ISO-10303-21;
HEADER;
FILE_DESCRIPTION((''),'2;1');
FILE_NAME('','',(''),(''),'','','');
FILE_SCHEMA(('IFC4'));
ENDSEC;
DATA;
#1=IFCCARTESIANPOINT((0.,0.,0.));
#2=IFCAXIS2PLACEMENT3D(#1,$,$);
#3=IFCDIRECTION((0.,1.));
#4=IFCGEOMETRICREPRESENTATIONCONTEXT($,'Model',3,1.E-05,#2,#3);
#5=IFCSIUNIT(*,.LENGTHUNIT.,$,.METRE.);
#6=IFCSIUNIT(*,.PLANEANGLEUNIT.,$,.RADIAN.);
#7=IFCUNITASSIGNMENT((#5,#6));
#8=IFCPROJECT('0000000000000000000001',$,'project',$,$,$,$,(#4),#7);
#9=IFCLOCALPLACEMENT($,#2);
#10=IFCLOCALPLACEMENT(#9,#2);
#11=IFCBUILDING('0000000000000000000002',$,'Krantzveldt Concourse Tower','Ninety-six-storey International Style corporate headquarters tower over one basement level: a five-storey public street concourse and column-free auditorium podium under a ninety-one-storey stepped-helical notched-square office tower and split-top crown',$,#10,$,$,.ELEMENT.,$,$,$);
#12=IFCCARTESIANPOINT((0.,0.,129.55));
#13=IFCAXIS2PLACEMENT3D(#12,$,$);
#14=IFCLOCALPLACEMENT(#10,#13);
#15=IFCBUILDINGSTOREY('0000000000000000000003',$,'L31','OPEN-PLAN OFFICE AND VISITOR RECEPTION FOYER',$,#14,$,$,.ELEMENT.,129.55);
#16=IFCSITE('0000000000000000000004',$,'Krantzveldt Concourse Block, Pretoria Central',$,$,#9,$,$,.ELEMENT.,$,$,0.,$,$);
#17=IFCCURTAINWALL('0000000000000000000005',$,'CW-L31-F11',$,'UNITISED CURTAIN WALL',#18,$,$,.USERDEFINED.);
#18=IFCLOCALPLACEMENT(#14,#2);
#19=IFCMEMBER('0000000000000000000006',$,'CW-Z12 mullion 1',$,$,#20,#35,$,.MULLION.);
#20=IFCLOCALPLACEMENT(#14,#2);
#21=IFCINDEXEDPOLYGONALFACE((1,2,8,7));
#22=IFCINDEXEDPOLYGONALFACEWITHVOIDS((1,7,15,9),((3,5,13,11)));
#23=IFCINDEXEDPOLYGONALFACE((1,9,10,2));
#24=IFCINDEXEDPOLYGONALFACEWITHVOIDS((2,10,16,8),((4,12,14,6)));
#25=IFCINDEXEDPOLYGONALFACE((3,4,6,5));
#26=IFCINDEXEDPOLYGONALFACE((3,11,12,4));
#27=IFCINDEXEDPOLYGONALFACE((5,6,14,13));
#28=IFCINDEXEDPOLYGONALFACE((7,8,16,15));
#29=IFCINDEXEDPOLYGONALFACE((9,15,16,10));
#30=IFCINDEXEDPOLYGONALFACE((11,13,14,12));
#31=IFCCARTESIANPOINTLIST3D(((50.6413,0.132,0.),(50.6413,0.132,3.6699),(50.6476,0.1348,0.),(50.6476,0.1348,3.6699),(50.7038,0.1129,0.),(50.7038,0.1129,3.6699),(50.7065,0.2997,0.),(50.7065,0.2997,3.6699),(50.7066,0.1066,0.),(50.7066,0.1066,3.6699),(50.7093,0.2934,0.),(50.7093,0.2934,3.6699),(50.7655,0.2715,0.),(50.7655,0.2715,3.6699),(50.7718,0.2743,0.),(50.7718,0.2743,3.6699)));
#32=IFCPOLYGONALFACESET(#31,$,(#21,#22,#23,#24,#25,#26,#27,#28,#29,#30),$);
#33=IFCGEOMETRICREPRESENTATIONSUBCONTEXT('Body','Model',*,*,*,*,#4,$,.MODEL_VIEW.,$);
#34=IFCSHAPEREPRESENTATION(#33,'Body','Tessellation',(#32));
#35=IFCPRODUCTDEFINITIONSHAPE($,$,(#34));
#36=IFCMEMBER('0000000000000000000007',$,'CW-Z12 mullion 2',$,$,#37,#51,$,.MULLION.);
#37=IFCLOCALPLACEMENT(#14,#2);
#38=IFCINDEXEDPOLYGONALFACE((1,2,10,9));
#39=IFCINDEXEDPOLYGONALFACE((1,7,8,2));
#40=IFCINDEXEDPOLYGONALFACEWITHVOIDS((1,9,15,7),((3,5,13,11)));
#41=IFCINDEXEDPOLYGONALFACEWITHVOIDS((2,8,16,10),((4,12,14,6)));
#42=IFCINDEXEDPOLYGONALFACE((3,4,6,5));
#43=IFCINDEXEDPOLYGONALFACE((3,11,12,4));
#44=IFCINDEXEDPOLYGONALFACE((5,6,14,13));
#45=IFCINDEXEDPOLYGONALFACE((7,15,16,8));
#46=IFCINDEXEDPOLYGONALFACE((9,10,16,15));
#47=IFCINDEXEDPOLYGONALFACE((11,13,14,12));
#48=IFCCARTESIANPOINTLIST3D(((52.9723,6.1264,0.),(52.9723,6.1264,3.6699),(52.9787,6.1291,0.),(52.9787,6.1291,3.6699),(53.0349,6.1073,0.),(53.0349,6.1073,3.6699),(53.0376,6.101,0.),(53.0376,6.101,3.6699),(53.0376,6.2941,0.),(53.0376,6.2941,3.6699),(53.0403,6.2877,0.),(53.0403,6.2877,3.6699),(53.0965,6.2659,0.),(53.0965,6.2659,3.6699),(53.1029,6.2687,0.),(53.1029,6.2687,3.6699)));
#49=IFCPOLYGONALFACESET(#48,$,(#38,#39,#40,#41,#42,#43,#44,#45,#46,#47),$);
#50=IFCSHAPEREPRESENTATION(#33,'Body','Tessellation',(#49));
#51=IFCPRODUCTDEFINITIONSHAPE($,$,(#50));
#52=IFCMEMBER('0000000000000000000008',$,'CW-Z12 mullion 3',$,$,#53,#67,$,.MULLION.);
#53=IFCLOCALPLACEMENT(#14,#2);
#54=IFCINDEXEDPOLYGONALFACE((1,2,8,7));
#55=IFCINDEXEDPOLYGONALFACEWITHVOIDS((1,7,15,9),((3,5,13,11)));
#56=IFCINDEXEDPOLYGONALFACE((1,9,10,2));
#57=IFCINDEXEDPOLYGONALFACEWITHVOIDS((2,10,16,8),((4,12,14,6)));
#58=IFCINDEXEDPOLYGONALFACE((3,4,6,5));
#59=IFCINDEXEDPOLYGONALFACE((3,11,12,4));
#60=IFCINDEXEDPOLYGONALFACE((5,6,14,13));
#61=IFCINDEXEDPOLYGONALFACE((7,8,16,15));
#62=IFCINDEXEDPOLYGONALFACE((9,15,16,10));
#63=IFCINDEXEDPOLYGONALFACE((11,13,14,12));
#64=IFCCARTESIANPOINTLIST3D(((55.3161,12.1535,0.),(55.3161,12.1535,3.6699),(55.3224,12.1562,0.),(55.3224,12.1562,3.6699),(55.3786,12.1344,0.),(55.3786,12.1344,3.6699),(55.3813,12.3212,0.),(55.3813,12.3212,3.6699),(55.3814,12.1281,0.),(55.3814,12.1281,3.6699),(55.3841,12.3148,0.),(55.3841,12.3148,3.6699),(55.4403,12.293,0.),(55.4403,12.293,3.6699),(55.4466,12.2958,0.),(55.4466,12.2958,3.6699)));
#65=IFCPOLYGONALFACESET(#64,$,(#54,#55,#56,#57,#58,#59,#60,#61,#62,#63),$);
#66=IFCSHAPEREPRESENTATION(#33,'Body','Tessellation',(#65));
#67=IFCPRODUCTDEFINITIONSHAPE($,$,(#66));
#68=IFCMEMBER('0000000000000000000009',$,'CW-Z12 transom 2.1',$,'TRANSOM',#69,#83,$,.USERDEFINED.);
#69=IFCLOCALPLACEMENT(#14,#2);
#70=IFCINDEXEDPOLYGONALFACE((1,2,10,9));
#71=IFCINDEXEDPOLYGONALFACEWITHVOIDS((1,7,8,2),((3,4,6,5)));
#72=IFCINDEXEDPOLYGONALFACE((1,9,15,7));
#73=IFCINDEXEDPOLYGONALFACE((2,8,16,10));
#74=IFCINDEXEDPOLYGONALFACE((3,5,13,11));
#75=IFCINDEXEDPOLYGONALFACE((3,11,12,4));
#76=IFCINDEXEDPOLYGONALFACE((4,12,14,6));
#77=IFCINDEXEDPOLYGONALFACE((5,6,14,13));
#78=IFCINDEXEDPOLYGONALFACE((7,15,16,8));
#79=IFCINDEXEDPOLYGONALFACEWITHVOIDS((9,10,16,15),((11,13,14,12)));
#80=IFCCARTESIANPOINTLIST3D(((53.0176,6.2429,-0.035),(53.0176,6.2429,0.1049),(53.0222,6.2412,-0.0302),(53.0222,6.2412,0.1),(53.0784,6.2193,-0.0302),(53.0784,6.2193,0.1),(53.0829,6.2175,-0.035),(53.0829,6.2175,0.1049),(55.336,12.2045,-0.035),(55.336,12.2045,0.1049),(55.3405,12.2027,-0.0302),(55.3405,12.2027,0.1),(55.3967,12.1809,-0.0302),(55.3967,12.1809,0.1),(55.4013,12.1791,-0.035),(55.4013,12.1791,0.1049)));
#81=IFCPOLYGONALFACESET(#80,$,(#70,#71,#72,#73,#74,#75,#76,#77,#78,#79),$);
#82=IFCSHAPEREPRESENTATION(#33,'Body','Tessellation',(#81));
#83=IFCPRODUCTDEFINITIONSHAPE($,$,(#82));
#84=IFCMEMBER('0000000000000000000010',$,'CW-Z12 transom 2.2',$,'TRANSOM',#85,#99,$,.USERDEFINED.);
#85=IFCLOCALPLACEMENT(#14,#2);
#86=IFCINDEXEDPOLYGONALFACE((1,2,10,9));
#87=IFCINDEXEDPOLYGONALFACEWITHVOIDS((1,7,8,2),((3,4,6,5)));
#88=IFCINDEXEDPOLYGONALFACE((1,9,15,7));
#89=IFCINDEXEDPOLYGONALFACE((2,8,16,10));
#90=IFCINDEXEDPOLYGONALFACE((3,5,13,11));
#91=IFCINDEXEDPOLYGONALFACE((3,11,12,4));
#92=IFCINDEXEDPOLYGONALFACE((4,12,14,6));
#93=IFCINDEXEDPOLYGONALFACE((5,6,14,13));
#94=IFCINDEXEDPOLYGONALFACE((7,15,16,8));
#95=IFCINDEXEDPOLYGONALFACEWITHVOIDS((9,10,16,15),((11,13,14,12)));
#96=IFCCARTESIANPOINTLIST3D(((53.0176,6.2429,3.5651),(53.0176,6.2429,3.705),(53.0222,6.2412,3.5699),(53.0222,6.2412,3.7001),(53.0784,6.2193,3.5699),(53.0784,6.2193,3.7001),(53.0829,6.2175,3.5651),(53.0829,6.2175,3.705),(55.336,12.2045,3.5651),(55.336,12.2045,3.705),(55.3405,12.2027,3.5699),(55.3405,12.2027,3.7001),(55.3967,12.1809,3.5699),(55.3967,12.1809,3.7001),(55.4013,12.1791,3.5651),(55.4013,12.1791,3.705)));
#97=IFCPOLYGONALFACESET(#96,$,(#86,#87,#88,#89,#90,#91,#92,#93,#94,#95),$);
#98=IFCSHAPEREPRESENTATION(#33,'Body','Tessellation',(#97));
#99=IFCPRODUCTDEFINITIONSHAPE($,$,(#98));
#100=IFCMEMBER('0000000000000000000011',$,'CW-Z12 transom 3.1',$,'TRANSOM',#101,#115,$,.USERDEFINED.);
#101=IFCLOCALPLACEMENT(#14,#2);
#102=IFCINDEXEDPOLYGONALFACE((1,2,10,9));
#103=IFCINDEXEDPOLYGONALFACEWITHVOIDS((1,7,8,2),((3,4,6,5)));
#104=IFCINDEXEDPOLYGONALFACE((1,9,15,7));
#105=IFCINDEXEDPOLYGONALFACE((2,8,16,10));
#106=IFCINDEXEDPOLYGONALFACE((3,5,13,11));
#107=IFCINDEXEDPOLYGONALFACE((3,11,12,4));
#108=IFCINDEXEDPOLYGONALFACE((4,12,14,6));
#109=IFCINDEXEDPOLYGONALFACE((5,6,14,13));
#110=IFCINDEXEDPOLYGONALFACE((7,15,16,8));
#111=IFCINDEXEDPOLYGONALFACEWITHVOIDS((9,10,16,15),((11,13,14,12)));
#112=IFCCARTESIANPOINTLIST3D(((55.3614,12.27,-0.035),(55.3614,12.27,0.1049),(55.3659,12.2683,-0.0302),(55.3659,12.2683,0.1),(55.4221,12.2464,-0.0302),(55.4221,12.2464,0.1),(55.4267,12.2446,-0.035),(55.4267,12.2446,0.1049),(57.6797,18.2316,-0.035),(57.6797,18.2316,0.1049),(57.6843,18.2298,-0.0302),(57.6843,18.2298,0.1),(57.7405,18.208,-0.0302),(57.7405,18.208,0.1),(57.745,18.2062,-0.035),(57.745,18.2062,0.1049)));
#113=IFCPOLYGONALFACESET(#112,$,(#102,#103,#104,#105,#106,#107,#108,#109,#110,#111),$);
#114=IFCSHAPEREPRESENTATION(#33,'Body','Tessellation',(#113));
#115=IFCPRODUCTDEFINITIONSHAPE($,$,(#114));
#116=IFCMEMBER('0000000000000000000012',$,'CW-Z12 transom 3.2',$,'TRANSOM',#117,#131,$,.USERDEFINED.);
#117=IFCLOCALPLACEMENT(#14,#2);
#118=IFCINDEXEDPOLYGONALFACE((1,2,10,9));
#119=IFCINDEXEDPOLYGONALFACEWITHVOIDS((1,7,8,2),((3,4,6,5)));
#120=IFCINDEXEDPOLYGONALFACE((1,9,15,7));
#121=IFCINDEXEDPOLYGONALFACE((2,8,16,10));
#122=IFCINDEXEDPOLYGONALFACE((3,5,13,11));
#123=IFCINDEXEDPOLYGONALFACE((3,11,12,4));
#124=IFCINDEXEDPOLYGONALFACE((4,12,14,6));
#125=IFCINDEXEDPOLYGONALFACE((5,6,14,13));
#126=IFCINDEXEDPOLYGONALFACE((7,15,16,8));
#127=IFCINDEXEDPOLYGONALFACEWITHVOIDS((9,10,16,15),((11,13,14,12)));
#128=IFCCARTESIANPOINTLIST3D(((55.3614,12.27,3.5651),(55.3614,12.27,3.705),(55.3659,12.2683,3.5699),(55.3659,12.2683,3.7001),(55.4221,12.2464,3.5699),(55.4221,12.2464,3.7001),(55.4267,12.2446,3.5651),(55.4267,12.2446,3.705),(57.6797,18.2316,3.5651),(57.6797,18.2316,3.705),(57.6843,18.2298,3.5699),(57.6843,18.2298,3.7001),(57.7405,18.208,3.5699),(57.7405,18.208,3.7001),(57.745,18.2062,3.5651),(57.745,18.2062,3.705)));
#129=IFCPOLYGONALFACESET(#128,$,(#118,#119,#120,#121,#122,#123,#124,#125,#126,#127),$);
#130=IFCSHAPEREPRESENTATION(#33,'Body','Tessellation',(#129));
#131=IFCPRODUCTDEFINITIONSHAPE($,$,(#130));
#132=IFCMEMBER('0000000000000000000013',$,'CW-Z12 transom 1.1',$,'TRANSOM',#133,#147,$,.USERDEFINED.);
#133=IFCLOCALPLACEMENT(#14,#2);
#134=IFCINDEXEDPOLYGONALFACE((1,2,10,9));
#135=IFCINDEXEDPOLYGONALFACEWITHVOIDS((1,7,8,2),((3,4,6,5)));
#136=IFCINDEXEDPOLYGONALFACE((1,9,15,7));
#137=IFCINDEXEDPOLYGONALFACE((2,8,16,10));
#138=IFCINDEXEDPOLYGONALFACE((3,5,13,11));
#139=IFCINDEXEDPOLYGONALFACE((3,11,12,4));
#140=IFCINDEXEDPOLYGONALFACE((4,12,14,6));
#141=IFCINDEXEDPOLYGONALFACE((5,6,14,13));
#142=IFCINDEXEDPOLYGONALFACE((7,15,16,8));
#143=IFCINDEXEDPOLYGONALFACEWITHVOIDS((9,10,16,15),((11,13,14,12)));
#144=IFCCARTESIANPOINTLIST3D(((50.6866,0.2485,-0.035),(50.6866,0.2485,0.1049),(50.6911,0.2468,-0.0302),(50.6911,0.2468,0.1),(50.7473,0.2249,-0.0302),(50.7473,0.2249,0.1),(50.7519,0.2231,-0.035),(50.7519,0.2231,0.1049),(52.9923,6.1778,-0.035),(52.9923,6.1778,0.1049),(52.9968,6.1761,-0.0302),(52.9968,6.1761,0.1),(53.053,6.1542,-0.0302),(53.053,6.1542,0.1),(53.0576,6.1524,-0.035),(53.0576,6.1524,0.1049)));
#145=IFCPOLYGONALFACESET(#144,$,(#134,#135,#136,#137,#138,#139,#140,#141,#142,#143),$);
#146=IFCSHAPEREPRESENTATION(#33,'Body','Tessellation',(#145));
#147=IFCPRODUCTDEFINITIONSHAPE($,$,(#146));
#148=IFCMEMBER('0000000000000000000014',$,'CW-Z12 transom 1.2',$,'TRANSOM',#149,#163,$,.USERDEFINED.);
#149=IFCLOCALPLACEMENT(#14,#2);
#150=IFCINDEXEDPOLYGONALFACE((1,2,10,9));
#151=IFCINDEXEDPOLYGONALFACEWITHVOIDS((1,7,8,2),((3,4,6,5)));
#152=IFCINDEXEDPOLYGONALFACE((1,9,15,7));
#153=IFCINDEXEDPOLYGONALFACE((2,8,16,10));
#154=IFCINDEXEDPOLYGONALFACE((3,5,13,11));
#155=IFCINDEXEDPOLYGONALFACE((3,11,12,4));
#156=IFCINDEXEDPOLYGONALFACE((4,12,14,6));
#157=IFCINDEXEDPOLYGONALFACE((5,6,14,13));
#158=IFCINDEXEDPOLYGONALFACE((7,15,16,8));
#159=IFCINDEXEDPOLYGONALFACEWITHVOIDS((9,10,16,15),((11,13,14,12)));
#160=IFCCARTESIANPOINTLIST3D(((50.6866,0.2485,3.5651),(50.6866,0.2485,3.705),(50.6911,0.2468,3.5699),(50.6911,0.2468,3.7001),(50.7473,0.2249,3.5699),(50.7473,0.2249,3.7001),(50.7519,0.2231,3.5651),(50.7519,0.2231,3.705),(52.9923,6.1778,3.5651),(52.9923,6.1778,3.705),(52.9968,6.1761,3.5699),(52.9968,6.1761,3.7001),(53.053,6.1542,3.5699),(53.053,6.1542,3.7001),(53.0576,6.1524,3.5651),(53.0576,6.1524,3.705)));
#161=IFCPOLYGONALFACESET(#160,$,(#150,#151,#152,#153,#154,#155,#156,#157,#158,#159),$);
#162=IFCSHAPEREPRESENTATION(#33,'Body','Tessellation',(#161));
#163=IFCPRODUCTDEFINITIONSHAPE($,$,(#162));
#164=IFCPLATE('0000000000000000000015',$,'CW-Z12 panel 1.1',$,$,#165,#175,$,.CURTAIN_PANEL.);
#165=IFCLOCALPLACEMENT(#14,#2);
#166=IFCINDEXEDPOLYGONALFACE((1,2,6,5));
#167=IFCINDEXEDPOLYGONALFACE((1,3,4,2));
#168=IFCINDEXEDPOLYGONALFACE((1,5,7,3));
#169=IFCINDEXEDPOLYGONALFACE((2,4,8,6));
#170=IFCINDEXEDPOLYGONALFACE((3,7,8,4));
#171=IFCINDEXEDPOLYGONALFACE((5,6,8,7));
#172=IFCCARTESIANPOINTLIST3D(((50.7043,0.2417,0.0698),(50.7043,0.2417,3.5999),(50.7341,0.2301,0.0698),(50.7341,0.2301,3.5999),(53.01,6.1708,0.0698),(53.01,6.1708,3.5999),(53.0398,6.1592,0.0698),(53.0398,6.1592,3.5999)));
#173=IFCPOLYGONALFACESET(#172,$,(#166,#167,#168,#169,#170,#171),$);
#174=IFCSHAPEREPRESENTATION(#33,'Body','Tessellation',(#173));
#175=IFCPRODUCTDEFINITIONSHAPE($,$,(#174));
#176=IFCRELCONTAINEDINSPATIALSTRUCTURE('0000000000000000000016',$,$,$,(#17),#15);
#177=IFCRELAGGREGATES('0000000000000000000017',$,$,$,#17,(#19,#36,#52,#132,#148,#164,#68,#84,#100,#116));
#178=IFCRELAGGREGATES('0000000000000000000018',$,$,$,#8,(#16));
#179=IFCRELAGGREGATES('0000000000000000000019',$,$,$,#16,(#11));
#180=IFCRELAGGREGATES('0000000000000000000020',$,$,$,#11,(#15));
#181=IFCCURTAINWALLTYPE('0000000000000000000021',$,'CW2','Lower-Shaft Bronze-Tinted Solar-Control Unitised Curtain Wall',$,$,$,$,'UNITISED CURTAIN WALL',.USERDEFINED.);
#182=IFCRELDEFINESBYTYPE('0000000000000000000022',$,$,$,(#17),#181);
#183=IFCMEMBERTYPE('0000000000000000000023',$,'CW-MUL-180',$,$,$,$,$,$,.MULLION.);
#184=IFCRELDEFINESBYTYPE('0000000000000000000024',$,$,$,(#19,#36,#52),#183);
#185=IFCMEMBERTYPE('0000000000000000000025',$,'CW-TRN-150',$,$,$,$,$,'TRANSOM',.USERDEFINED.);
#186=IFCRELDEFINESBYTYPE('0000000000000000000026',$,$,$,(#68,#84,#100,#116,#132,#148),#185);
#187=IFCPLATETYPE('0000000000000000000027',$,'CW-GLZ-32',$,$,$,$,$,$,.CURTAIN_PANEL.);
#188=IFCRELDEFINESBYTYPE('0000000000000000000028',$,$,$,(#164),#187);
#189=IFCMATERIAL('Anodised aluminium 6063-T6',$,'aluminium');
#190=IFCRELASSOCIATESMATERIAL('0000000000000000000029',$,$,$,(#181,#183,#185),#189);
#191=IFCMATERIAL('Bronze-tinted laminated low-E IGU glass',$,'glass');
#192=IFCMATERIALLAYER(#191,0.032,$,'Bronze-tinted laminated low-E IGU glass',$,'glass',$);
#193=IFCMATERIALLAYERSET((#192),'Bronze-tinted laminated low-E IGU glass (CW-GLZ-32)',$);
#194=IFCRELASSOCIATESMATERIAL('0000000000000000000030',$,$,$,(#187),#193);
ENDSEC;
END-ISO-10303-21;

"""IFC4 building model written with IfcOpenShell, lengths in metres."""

from ifc_helpers import new_model, si_unit, direction, frame, origin, origin_2d, place, context, subcontext, project, spatial, rectangle, hollow_rectangle, extrude, source, transform, mapped, material, layer, layer_set, material_profile, profile_set, type_object, type_shapes, element, aggregate, save


model = new_model("IFC4")

# Units and contexts
model_context = context("Model", 3, precision=1e-05, world=origin(), true_north=direction((0.0, 1.0)))
body_context = subcontext(model_context, "Body", "Model", "MODEL_VIEW")
ifc_project = project(units=[si_unit("LENGTHUNIT", "METRE"), si_unit("PLANEANGLEUNIT", "RADIAN")], contexts=[model_context])

# Site, building, storey
site_placement = place(None, origin())
site = spatial("IfcSite", under=ifc_project, at=site_placement, Name="Krantzveldt Concourse Block, Pretoria Central", CompositionType="ELEMENT", RefElevation=0.0)
building_placement = place(site_placement, origin())
building = spatial("IfcBuilding", under=site, at=building_placement, Name="Krantzveldt Concourse Tower", Description="Ninety-six-storey International Style corporate headquarters tower over one basement level: a five-storey public street concourse and column-free auditorium podium under a ninety-one-storey stepped-helical notched-square office tower and split-top crown", CompositionType="ELEMENT")
storey_placement = place(building_placement, frame((0.0, 0.0, 129.55)))
storey = spatial("IfcBuildingStorey", under=building, at=storey_placement, Name="L31", Description="OPEN-PLAN OFFICE AND VISITOR RECEPTION FOYER", CompositionType="ELEMENT", Elevation=129.55)

# Curtain wall, members, plate
ifc_material_1 = material(Name="Anodised aluminium 6063-T6", Category="aluminium")
curtain_wall_type = type_object("IfcCurtainWallType", Name="CW2", Description="Lower-Shaft Bronze-Tinted Solar-Control Unitised Curtain Wall", ElementType="UNITISED CURTAIN WALL", PredefinedType="USERDEFINED", material=ifc_material_1)
curtain_wall_placement = place(storey_placement, origin())
curtain_wall = element("IfcCurtainWall", 1, at=curtain_wall_placement, inside=storey, type_object=curtain_wall_type, Name="CW-L31-F11", ObjectType="UNITISED CURTAIN WALL", PredefinedType="USERDEFINED")
ifc_material_profile_1 = material_profile(ifc_material_1, hollow_rectangle(XDim=0.0701, YDim=0.1799, WallThickness=0.0049, at=origin_2d()), Name="Anodised aluminium 6063-T6", Category="aluminium")
ifc_profile_set_1 = profile_set([ifc_material_profile_1], Name="Anodised aluminium 6063-T6 - ALU-MULL 180x70x5")
member_type_1 = type_object("IfcMemberType", Name="CW-MUL-180", PredefinedType="MULLION", material=ifc_profile_set_1)
shared_shape_1 = source(origin(), body_context, "Body", "SweptSolid", [
    extrude(hollow_rectangle(XDim=0.0701, YDim=0.1799, WallThickness=0.0049, at=origin_2d()), origin(), (0.0, 0.0, 1.0), 3.6699),
])
type_shapes(member_type_1, [shared_shape_1])
member_1_placement = place(storey_placement, frame((50.7065, 0.2031, 0.0), z_axis=(0.0, 0.0, 1.0), x_axis=(-0.932008, 0.362438, 0.0)))
member_1 = element("IfcMember", 2, at=member_1_placement, type_object=member_type_1, Name="CW-Z12 mullion 1", PredefinedType="MULLION", context=body_context, shape_type="MappedRepresentation", body=[
    mapped(shared_shape_1, transform((0.0, 0.0, 0.0), x_axis=(1.0, 0.0, 0.0), y_axis=(0.0, 1.0, 0.0), z_axis=(0.0, 0.0, 1.0), scale=1.0)),
])
member_2_placement = place(storey_placement, frame((53.0376, 6.1975, 0.0), z_axis=(0.0, 0.0, 1.0), x_axis=(-0.932008, 0.362438, 0.0)))
member_2 = element("IfcMember", 3, at=member_2_placement, type_object=member_type_1, Name="CW-Z12 mullion 2", PredefinedType="MULLION", context=body_context, shape_type="MappedRepresentation", body=[
    mapped(shared_shape_1, transform((0.0, 0.0, 0.0), x_axis=(1.0, 0.0, 0.0), y_axis=(0.0, 1.0, 0.0), z_axis=(0.0, 0.0, 1.0), scale=1.0)),
])
member_3_placement = place(storey_placement, frame((55.3813, 12.2246, 0.0), z_axis=(0.0, 0.0, 1.0), x_axis=(-0.932008, 0.362438, 0.0)))
member_3 = element("IfcMember", 4, at=member_3_placement, type_object=member_type_1, Name="CW-Z12 mullion 3", PredefinedType="MULLION", context=body_context, shape_type="MappedRepresentation", body=[
    mapped(shared_shape_1, transform((0.0, 0.0, 0.0), x_axis=(1.0, 0.0, 0.0), y_axis=(0.0, 1.0, 0.0), z_axis=(0.0, 0.0, 1.0), scale=1.0)),
])
ifc_material_profile_2 = material_profile(ifc_material_1, hollow_rectangle(XDim=0.0701, YDim=0.1399, WallThickness=0.0049, at=origin_2d()), Name="Anodised aluminium 6063-T6", Category="aluminium")
ifc_profile_set_2 = profile_set([ifc_material_profile_2], Name="Anodised aluminium 6063-T6 - ALU-TRAN 140x70x5")
member_type_2 = type_object("IfcMemberType", Name="CW-TRN-150", ElementType="TRANSOM", PredefinedType="USERDEFINED", material=ifc_profile_set_2)
shared_shape_2 = source(origin(), body_context, "Body", "SweptSolid", [
    extrude(hollow_rectangle(XDim=0.0701, YDim=0.1399, WallThickness=0.0049, at=origin_2d()), origin(), (0.0, 0.0, 1.0), 6.3965),
])
member_4_placement = place(storey_placement, frame((53.0503, 6.2302, 0.0349), z_axis=(0.362437, 0.932008, 0.0), x_axis=(-0.932008, 0.362437, 0.0)))
member_4 = element("IfcMember", 5, at=member_4_placement, type_object=member_type_2, Name="CW-Z12 transom 2.1", ObjectType="TRANSOM", PredefinedType="USERDEFINED", context=body_context, shape_type="MappedRepresentation", body=[
    mapped(shared_shape_2, transform((0.0, 0.0, 0.0), x_axis=(1.0, 0.0, 0.0), y_axis=(0.0, 1.0, 0.0), z_axis=(0.0, 0.0, 1.0), scale=1.0)),
])
member_5_placement = place(storey_placement, frame((53.0503, 6.2302, 3.635), z_axis=(0.362437, 0.932008, 0.0), x_axis=(-0.932008, 0.362437, 0.0)))
member_5 = element("IfcMember", 6, at=member_5_placement, type_object=member_type_2, Name="CW-Z12 transom 2.2", ObjectType="TRANSOM", PredefinedType="USERDEFINED", context=body_context, shape_type="MappedRepresentation", body=[
    mapped(shared_shape_2, transform((0.0, 0.0, 0.0), x_axis=(1.0, 0.0, 0.0), y_axis=(0.0, 1.0, 0.0), z_axis=(0.0, 0.0, 1.0), scale=1.0)),
])
member_6_placement = place(storey_placement, frame((55.394, 12.2573, 0.0349), z_axis=(0.362437, 0.932008, 0.0), x_axis=(-0.932008, 0.362437, 0.0)))
member_6 = element("IfcMember", 7, at=member_6_placement, type_object=member_type_2, Name="CW-Z12 transom 3.1", ObjectType="TRANSOM", PredefinedType="USERDEFINED", context=body_context, shape_type="MappedRepresentation", body=[
    mapped(shared_shape_2, transform((0.0, 0.0, 0.0), x_axis=(1.0, 0.0, 0.0), y_axis=(0.0, 1.0, 0.0), z_axis=(0.0, 0.0, 1.0), scale=1.0)),
])
member_7_placement = place(storey_placement, frame((55.394, 12.2573, 3.635), z_axis=(0.362437, 0.932008, 0.0), x_axis=(-0.932008, 0.362437, 0.0)))
member_7 = element("IfcMember", 8, at=member_7_placement, type_object=member_type_2, Name="CW-Z12 transom 3.2", ObjectType="TRANSOM", PredefinedType="USERDEFINED", context=body_context, shape_type="MappedRepresentation", body=[
    mapped(shared_shape_2, transform((0.0, 0.0, 0.0), x_axis=(1.0, 0.0, 0.0), y_axis=(0.0, 1.0, 0.0), z_axis=(0.0, 0.0, 1.0), scale=1.0)),
])
shared_shape_3 = source(origin(), body_context, "Body", "SweptSolid", [
    extrude(hollow_rectangle(XDim=0.0701, YDim=0.1399, WallThickness=0.0049, at=origin_2d()), origin(), (0.0, 0.0, 1.0), 6.3618),
])
type_shapes(member_type_2, [shared_shape_2, shared_shape_3])
member_8_placement = place(storey_placement, frame((50.7192, 0.2358, 0.0349), z_axis=(0.362428, 0.932012, 0.0), x_axis=(-0.932012, 0.362428, 0.0)))
member_8 = element("IfcMember", 9, at=member_8_placement, type_object=member_type_2, Name="CW-Z12 transom 1.1", ObjectType="TRANSOM", PredefinedType="USERDEFINED", context=body_context, shape_type="MappedRepresentation", body=[
    mapped(shared_shape_3, transform((0.0, 0.0, 0.0), x_axis=(1.0, 0.0, 0.0), y_axis=(0.0, 1.0, 0.0), z_axis=(0.0, 0.0, 1.0), scale=1.0)),
])
member_9_placement = place(storey_placement, frame((50.7192, 0.2358, 3.635), z_axis=(0.362428, 0.932012, 0.0), x_axis=(-0.932012, 0.362428, 0.0)))
member_9 = element("IfcMember", 10, at=member_9_placement, type_object=member_type_2, Name="CW-Z12 transom 1.2", ObjectType="TRANSOM", PredefinedType="USERDEFINED", context=body_context, shape_type="MappedRepresentation", body=[
    mapped(shared_shape_3, transform((0.0, 0.0, 0.0), x_axis=(1.0, 0.0, 0.0), y_axis=(0.0, 1.0, 0.0), z_axis=(0.0, 0.0, 1.0), scale=1.0)),
])
ifc_material_2 = material(Name="Bronze-tinted laminated low-E IGU glass", Category="glass")
ifc_layer_1 = layer(ifc_material_2, 0.032, Name="Bronze-tinted laminated low-E IGU glass", Category="glass")
ifc_layer_set_1 = layer_set([ifc_layer_1], Name="Bronze-tinted laminated low-E IGU glass (CW-GLZ-32)")
plate_type = type_object("IfcPlateType", Name="CW-GLZ-32", PredefinedType="CURTAIN_PANEL", material=ifc_layer_set_1)
shared_shape_4 = source(origin(), body_context, "Body", "SweptSolid", [
    extrude(rectangle(XDim=6.3616, YDim=0.032, at=origin_2d()), origin(), (0.0, 0.0, 1.0), 3.53),
])
plate_1_placement = place(storey_placement, frame((51.8721, 3.2004, 0.0698), z_axis=(0.0, 0.0, 1.0), x_axis=(0.362438, 0.932008, 0.0)))
plate_1 = element("IfcPlate", 11, at=plate_1_placement, type_object=plate_type, Name="CW-Z12 panel 1.1", PredefinedType="CURTAIN_PANEL", context=body_context, shape_type="MappedRepresentation", body=[
    mapped(shared_shape_4, transform((0.0, 0.0, 0.0), x_axis=(1.0, 0.0, 0.0), y_axis=(0.0, 1.0, 0.0), z_axis=(0.0, 0.0, 1.0), scale=1.0)),
])
aggregate(curtain_wall, [member_1, member_2, member_3, member_8, member_9, plate_1, member_4, member_5, member_6, member_7])

save(model, "model.ifc")
